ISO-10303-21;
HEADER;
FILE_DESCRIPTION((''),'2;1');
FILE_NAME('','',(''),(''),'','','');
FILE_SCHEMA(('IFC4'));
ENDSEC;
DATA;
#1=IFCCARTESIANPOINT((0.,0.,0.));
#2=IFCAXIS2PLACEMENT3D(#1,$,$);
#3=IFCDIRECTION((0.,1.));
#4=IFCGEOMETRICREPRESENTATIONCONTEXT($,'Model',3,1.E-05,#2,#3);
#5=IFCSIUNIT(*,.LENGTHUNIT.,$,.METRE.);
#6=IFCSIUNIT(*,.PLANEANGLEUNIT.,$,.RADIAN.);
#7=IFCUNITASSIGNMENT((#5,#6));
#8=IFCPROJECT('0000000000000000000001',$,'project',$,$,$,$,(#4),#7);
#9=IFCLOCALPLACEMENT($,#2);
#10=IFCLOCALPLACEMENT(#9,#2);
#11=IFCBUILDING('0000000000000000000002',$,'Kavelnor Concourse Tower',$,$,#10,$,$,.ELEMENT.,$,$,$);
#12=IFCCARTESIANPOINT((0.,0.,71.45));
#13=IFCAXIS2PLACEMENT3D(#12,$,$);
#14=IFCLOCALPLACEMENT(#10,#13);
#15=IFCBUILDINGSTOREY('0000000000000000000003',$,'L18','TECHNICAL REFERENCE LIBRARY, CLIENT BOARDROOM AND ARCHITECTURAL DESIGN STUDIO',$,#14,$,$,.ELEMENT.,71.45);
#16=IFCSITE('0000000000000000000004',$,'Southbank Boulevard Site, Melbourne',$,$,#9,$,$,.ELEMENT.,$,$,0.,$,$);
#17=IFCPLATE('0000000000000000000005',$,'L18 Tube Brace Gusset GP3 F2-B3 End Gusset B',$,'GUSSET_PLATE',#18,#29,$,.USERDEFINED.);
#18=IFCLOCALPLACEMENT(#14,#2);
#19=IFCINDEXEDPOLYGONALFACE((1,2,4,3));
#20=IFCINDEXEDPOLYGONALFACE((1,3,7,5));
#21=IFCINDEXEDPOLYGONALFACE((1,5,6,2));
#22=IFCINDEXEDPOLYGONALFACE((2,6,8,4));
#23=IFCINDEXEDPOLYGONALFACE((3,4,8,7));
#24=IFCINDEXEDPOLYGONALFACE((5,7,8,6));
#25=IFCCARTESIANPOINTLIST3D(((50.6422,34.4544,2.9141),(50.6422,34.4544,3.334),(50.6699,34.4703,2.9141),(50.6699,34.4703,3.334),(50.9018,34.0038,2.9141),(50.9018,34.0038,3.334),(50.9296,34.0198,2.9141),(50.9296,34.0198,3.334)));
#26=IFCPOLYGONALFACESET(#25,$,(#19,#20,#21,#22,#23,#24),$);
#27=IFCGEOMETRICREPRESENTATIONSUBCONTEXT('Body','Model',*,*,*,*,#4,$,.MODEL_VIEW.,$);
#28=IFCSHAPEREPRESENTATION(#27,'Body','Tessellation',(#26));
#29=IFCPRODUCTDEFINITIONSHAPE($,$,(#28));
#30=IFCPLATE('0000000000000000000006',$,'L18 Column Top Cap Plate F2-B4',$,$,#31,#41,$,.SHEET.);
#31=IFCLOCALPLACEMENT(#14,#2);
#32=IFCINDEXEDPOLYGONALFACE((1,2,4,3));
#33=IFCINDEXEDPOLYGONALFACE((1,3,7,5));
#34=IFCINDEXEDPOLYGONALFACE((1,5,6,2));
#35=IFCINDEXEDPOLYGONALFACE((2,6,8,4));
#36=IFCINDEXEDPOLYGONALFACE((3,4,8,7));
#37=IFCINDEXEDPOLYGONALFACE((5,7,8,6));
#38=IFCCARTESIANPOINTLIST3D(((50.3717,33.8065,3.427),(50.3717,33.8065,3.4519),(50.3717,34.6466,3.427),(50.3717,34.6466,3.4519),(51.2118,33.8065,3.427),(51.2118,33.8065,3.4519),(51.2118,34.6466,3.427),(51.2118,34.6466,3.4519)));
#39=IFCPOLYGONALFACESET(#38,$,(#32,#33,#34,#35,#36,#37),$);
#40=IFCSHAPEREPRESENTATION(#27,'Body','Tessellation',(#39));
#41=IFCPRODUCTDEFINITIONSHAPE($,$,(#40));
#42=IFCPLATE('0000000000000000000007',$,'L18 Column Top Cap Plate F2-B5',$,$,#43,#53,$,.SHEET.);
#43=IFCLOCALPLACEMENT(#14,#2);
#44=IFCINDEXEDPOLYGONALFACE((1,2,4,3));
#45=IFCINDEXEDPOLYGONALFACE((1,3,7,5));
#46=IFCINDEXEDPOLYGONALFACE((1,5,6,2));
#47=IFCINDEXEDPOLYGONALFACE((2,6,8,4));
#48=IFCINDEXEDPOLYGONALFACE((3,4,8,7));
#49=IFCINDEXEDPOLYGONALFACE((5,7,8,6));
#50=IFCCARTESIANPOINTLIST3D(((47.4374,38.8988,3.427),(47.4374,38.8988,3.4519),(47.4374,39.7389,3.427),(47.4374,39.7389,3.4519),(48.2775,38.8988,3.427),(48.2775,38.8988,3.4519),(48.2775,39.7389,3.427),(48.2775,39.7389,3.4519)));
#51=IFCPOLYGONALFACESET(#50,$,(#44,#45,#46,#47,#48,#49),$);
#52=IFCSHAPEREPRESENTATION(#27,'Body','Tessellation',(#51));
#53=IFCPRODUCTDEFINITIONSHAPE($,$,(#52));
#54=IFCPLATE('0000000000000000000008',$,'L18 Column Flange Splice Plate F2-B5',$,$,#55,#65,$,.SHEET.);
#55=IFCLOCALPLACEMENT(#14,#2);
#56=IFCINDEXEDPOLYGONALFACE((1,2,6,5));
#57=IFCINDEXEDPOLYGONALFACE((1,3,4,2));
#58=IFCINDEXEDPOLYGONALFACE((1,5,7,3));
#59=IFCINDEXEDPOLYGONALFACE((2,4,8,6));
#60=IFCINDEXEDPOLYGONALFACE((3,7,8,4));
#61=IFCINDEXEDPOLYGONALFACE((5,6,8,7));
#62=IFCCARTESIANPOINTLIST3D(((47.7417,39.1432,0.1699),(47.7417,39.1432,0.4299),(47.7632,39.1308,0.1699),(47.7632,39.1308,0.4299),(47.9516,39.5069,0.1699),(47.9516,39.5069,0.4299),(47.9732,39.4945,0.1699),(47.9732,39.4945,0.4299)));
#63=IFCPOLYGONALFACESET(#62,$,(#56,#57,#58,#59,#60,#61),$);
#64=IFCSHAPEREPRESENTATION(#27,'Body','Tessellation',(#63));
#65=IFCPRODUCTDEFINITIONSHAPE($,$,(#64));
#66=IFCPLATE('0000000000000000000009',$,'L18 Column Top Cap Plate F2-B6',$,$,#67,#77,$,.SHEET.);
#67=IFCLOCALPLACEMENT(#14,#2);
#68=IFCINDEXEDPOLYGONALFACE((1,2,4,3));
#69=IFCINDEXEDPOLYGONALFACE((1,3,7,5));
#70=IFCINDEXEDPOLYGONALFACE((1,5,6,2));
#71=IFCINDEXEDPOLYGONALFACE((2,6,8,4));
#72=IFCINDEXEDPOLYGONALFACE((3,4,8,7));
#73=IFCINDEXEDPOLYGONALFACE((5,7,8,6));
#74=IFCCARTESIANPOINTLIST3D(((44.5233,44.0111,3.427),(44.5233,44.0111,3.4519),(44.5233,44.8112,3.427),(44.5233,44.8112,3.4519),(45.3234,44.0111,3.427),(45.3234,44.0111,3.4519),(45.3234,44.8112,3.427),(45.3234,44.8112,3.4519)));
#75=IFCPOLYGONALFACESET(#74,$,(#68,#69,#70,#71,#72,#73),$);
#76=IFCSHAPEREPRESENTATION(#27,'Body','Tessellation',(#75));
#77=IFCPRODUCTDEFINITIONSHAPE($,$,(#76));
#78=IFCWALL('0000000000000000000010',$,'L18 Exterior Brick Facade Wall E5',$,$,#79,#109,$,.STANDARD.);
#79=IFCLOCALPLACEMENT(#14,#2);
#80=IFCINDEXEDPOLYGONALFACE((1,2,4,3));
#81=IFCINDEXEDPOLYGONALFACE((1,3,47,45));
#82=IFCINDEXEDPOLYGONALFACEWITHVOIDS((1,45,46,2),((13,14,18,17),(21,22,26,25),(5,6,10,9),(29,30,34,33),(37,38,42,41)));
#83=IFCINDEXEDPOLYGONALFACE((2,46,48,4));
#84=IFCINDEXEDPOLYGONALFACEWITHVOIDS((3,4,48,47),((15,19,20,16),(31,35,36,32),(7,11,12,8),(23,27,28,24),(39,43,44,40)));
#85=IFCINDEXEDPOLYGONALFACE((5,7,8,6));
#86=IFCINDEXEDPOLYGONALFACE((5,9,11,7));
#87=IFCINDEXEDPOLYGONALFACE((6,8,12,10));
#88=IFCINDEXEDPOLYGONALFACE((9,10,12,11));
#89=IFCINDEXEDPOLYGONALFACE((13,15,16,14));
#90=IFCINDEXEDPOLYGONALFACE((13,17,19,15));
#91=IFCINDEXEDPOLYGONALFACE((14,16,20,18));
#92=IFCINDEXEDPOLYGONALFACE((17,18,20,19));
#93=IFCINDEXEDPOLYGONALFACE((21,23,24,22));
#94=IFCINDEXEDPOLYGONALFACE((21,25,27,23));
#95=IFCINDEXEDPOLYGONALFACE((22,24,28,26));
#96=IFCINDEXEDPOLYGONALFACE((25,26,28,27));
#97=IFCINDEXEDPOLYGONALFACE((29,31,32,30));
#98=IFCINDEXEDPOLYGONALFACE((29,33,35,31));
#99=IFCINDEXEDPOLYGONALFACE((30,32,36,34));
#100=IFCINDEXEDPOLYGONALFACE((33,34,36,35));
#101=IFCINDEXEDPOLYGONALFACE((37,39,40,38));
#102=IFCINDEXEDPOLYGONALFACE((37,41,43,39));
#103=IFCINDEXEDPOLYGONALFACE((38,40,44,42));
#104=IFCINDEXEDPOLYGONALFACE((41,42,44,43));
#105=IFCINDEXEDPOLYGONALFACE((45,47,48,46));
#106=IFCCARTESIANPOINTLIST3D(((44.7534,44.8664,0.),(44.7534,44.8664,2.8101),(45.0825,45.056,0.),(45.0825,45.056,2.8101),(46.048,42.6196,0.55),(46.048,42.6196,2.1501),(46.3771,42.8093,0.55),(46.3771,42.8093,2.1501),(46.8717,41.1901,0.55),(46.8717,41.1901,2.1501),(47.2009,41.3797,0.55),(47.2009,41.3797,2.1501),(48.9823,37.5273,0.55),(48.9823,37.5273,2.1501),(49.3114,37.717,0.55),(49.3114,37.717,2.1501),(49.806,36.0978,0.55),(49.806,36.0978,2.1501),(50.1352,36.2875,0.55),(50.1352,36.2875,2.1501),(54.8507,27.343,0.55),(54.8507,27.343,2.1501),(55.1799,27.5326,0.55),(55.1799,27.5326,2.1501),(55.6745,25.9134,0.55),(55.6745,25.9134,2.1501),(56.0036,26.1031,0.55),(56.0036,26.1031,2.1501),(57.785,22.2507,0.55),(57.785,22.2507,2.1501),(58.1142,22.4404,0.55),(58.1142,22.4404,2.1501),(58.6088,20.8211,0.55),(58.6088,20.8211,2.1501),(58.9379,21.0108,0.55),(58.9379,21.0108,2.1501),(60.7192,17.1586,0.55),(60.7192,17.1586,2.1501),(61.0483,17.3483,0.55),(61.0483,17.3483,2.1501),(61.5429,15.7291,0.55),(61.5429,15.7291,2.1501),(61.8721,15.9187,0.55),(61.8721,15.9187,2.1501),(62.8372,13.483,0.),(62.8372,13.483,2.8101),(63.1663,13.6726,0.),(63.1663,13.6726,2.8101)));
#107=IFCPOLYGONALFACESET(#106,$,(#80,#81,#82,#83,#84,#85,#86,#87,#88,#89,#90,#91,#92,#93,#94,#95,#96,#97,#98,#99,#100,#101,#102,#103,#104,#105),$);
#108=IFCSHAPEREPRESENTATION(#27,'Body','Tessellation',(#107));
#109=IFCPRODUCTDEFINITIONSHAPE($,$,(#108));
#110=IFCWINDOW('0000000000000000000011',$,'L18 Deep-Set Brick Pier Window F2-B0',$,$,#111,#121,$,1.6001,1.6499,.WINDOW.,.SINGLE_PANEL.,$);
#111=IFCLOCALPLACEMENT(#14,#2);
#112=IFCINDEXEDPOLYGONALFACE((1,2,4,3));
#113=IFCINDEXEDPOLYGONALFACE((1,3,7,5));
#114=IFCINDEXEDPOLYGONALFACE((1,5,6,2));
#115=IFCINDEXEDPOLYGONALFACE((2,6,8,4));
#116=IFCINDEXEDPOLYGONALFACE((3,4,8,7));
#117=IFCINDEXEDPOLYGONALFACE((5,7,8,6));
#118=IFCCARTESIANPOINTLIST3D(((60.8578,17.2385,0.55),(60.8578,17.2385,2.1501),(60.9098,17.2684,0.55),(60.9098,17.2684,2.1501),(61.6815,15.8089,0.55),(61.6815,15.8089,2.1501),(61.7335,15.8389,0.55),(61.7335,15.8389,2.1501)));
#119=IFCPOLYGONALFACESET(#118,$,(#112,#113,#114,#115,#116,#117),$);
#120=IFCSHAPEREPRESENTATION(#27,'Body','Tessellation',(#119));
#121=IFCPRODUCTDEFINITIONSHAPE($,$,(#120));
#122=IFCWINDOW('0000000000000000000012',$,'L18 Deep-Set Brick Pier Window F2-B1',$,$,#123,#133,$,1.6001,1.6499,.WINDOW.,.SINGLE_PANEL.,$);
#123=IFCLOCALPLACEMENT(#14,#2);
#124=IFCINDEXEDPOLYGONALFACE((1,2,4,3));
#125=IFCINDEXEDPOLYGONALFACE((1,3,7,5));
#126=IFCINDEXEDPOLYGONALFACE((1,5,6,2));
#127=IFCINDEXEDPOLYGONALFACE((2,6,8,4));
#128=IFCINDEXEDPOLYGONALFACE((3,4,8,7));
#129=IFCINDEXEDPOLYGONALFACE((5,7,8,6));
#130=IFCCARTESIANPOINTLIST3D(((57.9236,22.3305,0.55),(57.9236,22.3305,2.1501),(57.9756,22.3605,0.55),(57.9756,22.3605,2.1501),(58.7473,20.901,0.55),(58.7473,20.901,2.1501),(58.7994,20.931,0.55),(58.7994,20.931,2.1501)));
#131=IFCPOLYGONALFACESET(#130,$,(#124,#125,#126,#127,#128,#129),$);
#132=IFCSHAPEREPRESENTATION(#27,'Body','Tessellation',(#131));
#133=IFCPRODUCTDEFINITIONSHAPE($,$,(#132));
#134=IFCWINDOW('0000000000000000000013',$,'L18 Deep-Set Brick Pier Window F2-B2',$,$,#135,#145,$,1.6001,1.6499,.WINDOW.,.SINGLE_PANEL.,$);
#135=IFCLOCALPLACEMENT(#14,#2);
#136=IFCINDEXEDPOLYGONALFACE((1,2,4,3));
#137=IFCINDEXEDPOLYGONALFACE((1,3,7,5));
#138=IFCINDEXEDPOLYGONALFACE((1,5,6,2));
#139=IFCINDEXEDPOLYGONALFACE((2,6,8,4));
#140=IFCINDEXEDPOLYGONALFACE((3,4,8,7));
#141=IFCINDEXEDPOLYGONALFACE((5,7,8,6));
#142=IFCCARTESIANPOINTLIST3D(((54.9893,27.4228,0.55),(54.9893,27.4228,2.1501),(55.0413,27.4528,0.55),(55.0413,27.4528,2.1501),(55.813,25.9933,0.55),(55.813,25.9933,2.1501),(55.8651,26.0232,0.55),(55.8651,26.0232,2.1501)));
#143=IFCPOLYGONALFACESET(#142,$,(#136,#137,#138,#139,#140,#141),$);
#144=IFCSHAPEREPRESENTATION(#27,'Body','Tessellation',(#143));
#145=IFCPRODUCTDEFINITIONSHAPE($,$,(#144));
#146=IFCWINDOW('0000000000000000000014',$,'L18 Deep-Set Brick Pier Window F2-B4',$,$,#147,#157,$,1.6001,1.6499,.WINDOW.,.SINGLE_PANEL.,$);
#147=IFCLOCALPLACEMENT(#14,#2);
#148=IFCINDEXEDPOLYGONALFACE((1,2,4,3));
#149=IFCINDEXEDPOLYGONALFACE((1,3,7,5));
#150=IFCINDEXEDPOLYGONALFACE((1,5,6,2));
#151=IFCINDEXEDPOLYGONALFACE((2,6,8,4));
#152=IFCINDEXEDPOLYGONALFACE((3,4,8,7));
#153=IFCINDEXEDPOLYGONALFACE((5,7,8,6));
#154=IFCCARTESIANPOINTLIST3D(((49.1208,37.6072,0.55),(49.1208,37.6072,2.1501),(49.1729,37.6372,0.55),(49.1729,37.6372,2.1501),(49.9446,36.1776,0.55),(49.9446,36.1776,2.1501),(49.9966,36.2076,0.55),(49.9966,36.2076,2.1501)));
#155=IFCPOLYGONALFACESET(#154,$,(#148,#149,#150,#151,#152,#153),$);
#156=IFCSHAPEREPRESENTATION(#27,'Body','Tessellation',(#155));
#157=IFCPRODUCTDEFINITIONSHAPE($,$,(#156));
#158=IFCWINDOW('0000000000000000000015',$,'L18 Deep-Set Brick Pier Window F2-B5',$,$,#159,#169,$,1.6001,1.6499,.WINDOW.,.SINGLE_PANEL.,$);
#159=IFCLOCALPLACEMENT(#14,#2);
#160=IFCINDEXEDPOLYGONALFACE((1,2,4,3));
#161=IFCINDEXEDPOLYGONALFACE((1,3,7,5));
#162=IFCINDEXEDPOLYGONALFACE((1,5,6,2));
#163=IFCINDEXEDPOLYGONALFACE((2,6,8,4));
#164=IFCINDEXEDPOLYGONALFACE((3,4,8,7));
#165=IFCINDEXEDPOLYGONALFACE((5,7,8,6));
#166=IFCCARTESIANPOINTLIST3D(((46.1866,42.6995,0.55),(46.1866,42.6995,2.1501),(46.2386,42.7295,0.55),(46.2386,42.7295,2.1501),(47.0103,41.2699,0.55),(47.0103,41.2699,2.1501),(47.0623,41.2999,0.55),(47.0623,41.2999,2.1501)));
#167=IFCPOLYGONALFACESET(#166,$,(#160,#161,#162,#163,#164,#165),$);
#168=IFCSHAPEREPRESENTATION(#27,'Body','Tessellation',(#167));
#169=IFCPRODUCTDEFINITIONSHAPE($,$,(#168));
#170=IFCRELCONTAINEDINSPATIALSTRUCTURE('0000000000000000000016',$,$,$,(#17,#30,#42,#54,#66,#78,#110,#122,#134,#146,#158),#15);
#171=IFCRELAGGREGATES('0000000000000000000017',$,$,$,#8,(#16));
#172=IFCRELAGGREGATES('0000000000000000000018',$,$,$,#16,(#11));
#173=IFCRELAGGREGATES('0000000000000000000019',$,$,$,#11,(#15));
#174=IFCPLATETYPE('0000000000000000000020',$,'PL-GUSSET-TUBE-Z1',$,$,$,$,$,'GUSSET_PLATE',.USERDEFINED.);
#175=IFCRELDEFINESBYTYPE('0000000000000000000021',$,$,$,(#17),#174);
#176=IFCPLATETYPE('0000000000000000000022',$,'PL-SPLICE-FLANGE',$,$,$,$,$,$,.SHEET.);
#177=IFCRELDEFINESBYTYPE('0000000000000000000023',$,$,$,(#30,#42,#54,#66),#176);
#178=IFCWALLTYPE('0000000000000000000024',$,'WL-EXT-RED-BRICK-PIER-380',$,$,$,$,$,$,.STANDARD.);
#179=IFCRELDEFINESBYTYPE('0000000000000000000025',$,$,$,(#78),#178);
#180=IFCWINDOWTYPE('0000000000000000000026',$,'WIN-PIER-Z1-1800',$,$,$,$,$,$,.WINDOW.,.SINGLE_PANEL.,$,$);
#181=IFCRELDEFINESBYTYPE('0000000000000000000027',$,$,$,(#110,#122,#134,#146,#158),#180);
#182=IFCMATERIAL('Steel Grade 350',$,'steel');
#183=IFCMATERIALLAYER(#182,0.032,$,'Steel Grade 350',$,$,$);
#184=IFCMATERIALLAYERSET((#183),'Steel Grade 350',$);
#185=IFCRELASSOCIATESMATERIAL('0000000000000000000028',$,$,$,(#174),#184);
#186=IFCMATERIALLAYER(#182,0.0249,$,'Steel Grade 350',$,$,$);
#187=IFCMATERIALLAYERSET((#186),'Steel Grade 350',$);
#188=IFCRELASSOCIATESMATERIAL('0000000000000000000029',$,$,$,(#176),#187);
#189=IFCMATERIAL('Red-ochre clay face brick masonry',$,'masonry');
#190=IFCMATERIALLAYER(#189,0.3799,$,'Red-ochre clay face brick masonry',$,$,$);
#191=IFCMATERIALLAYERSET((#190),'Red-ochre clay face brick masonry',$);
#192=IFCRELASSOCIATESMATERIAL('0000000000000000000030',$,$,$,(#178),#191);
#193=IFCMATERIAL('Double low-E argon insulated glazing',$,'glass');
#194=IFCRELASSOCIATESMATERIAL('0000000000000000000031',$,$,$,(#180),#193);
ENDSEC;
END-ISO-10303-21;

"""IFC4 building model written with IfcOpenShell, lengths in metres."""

from ifc_helpers import new_model, si_unit, direction, frame, frame_2d, origin, origin_2d, place, context, subcontext, project, spatial, rectangle, extrude, material, layer, layer_set, type_object, element, fill, save


model = new_model("IFC4")

# Units and contexts
model_context = context("Model", 3, precision=1e-05, world=origin(), true_north=direction((0.0, 1.0)))
body_context = subcontext(model_context, "Body", "Model", "MODEL_VIEW")
ifc_project = project(units=[si_unit("LENGTHUNIT", "METRE"), si_unit("PLANEANGLEUNIT", "RADIAN")], contexts=[model_context])

# Site, building, storey
site_placement = place(None, origin())
site = spatial("IfcSite", under=ifc_project, at=site_placement, Name="Southbank Boulevard Site, Melbourne", CompositionType="ELEMENT", RefElevation=0.0)
building_placement = place(site_placement, origin())
building = spatial("IfcBuilding", under=site, at=building_placement, Name="Kavelnor Concourse Tower", CompositionType="ELEMENT")
storey_placement = place(building_placement, frame((0.0, 0.0, 71.45)))
storey = spatial("IfcBuildingStorey", under=building, at=storey_placement, Name="L18", Description="TECHNICAL REFERENCE LIBRARY, CLIENT BOARDROOM AND ARCHITECTURAL DESIGN STUDIO", CompositionType="ELEMENT", Elevation=71.45)

# Shared definitions
ifc_material_1 = material(Name="Steel Grade 350", Category="steel")

# Plates
ifc_layer_1 = layer(ifc_material_1, 0.032, Name="Steel Grade 350")
ifc_layer_set_1 = layer_set([ifc_layer_1], Name="Steel Grade 350")
plate_type_1 = type_object("IfcPlateType", Name="PL-GUSSET-TUBE-Z1", ElementType="GUSSET_PLATE", PredefinedType="USERDEFINED", material=ifc_layer_set_1)
plate_1_placement = place(storey_placement, frame((50.7859, 34.2371, 2.9141), z_axis=(0.0, 0.0, 1.0), x_axis=(-0.499244, 0.866461, 0.0)))
element("IfcPlate", 1, at=plate_1_placement, inside=storey, type_object=plate_type_1, Name="L18 Tube Brace Gusset GP3 F2-B3 End Gusset B", ObjectType="GUSSET_PLATE", PredefinedType="USERDEFINED", context=body_context, shape_type="SweptSolid", body=[
    extrude(rectangle(XDim=0.52, YDim=0.032, at=origin_2d()), origin(), (0.0, 0.0, 1.0), 0.4199),
])
ifc_layer_2 = layer(ifc_material_1, 0.0249, Name="Steel Grade 350")
ifc_layer_set_2 = layer_set([ifc_layer_2], Name="Steel Grade 350")
plate_type_2 = type_object("IfcPlateType", Name="PL-SPLICE-FLANGE", PredefinedType="SHEET", material=ifc_layer_set_2)
for number, where, z_axis, x_axis, name in (
    (2, (50.7917, 34.2266, 3.427), (0.0, 0.0, 1.0), (1.0, 0.0, 0.0), "L18 Column Top Cap Plate F2-B4"),
    (3, (47.8574, 39.3188, 3.427), (0.0, 0.0, 1.0), (1.0, 0.0, 0.0), "L18 Column Top Cap Plate F2-B5"),
):
    element("IfcPlate", number, at=place(storey_placement, frame(where, z_axis=z_axis, x_axis=x_axis)), inside=storey, type_object=plate_type_2, Name=name, PredefinedType="SHEET", context=body_context, shape_type="SweptSolid", body=[
        extrude(rectangle(XDim=0.8401, YDim=0.8401, at=origin_2d()), origin(), (0.0, 0.0, 1.0), 0.0249),
    ])
plate_2_placement = place(storey_placement, frame((47.8574, 39.3188, 0.1699), z_axis=(0.0, 0.0, 1.0), x_axis=(-0.5, -0.866025, 0.0)))
element("IfcPlate", 4, at=plate_2_placement, inside=storey, type_object=plate_type_2, Name="L18 Column Flange Splice Plate F2-B5", PredefinedType="SHEET", context=body_context, shape_type="SweptSolid", body=[
    extrude(rectangle(XDim=0.4199, YDim=0.0249, at=origin_2d()), origin(), (0.0, 0.0, 1.0), 0.26),
])
plate_3_placement = place(storey_placement, frame((44.9233, 44.4111, 3.427), z_axis=(0.0, 0.0, 1.0), x_axis=(1.0, 0.0, 0.0)))
element("IfcPlate", 5, at=plate_3_placement, inside=storey, type_object=plate_type_2, Name="L18 Column Top Cap Plate F2-B6", PredefinedType="SHEET", context=body_context, shape_type="SweptSolid", body=[
    extrude(rectangle(XDim=0.8, YDim=0.8, at=origin_2d()), origin(), (0.0, 0.0, 1.0), 0.0249),
])

# Wall, openings, windows
ifc_material_2 = material(Name="Red-ochre clay face brick masonry", Category="masonry")
ifc_layer_3 = layer(ifc_material_2, 0.3799, Name="Red-ochre clay face brick masonry")
ifc_layer_set_3 = layer_set([ifc_layer_3], Name="Red-ochre clay face brick masonry")
wall_type_1 = type_object("IfcWallType", Name="WL-EXT-RED-BRICK-PIER-380", PredefinedType="STANDARD", material=ifc_layer_set_3)
wall_1_placement = place(storey_placement, frame((44.918, 44.9612, 0.0), z_axis=(0.0, 0.0, 1.0), x_axis=(0.499266, -0.866448, 0.0)))
wall_1 = element("IfcWall", 6, at=wall_1_placement, inside=storey, type_object=wall_type_1, Name="L18 Exterior Brick Facade Wall E5", PredefinedType="STANDARD", context=body_context, shape_type="SweptSolid", body=[
    extrude(rectangle(XDim=36.2207, YDim=0.3799, at=frame_2d((18.1104, 0.0))), origin(), (0.0, 0.0, 1.0), 2.8101),
])
opening_1_placement = place(wall_1_placement, frame((31.9785, 0.0, 0.55)))
opening_1 = element("IfcOpeningElement", 7, at=opening_1_placement, cuts=wall_1, PredefinedType="OPENING", context=body_context, shape_type="SweptSolid", body=[
    extrude(rectangle(XDim=1.6499, YDim=1.6001, at=frame_2d((0.825, 0.8))), frame((0.0, 0.2, 0.0), z_axis=(0.0, -1.0, 0.0), x_axis=(1.0, 0.0, 0.0)), (0.0, 0.0, 1.0), 0.3999),
])
opening_2_placement = place(wall_1_placement, frame((26.1016, 0.0, 0.55)))
opening_2 = element("IfcOpeningElement", 8, at=opening_2_placement, cuts=wall_1, PredefinedType="OPENING", context=body_context, shape_type="SweptSolid", body=[
    extrude(rectangle(XDim=1.6499, YDim=1.6001, at=frame_2d((0.825, 0.8))), frame((0.0, 0.2, 0.0), z_axis=(0.0, -1.0, 0.0), x_axis=(1.0, 0.0, 0.0)), (0.0, 0.0, 1.0), 0.3999),
])
opening_3_placement = place(wall_1_placement, frame((20.2244, 0.0, 0.55)))
opening_3 = element("IfcOpeningElement", 9, at=opening_3_placement, cuts=wall_1, PredefinedType="OPENING", context=body_context, shape_type="SweptSolid", body=[
    extrude(rectangle(XDim=1.6499, YDim=1.6001, at=frame_2d((0.825, 0.8))), frame((0.0, 0.2, 0.0), z_axis=(0.0, -1.0, 0.0), x_axis=(1.0, 0.0, 0.0)), (0.0, 0.0, 1.0), 0.3999),
])
opening_4_placement = place(wall_1_placement, frame((8.4702, 0.0, 0.55)))
opening_4 = element("IfcOpeningElement", 10, at=opening_4_placement, cuts=wall_1, PredefinedType="OPENING", context=body_context, shape_type="SweptSolid", body=[
    extrude(rectangle(XDim=1.6499, YDim=1.6001, at=frame_2d((0.825, 0.8))), frame((0.0, 0.2, 0.0), z_axis=(0.0, -1.0, 0.0), x_axis=(1.0, 0.0, 0.0)), (0.0, 0.0, 1.0), 0.3999),
])
opening_5_placement = place(wall_1_placement, frame((2.593, 0.0, 0.55)))
opening_5 = element("IfcOpeningElement", 11, at=opening_5_placement, cuts=wall_1, PredefinedType="OPENING", context=body_context, shape_type="SweptSolid", body=[
    extrude(rectangle(XDim=1.6499, YDim=1.6001, at=frame_2d((0.825, 0.8))), frame((0.0, 0.2, 0.0), z_axis=(0.0, -1.0, 0.0), x_axis=(1.0, 0.0, 0.0)), (0.0, 0.0, 1.0), 0.3999),
])
ifc_material_3 = material(Name="Double low-E argon insulated glazing", Category="glass")
window_type = type_object("IfcWindowType", Name="WIN-PIER-Z1-1800", PartitioningType="SINGLE_PANEL", PredefinedType="WINDOW", material=ifc_material_3)
window_1_placement = place(opening_1_placement, origin())
window_1 = element("IfcWindow", 12, at=window_1_placement, inside=storey, type_object=window_type, Name="L18 Deep-Set Brick Pier Window F2-B0", OverallHeight=1.6001, OverallWidth=1.6499, PartitioningType="SINGLE_PANEL", PredefinedType="WINDOW", context=body_context, shape_type="SweptSolid", body=[
    extrude(rectangle(XDim=1.6499, YDim=1.6001, at=frame_2d((0.825, 0.8))), frame((0.0, 0.03, 0.0), z_axis=(0.0, -1.0, 0.0), x_axis=(1.0, 0.0, 0.0)), (0.0, 0.0, 1.0), 0.0601),
])
fill(opening_1, window_1)
window_2_placement = place(opening_2_placement, origin())
window_2 = element("IfcWindow", 13, at=window_2_placement, inside=storey, type_object=window_type, Name="L18 Deep-Set Brick Pier Window F2-B1", OverallHeight=1.6001, OverallWidth=1.6499, PartitioningType="SINGLE_PANEL", PredefinedType="WINDOW", context=body_context, shape_type="SweptSolid", body=[
    extrude(rectangle(XDim=1.6499, YDim=1.6001, at=frame_2d((0.825, 0.8))), frame((0.0, 0.03, 0.0), z_axis=(0.0, -1.0, 0.0), x_axis=(1.0, 0.0, 0.0)), (0.0, 0.0, 1.0), 0.0601),
])
fill(opening_2, window_2)
window_3_placement = place(opening_3_placement, origin())
window_3 = element("IfcWindow", 14, at=window_3_placement, inside=storey, type_object=window_type, Name="L18 Deep-Set Brick Pier Window F2-B2", OverallHeight=1.6001, OverallWidth=1.6499, PartitioningType="SINGLE_PANEL", PredefinedType="WINDOW", context=body_context, shape_type="SweptSolid", body=[
    extrude(rectangle(XDim=1.6499, YDim=1.6001, at=frame_2d((0.825, 0.8))), frame((0.0, 0.03, 0.0), z_axis=(0.0, -1.0, 0.0), x_axis=(1.0, 0.0, 0.0)), (0.0, 0.0, 1.0), 0.0601),
])
fill(opening_3, window_3)
window_4_placement = place(opening_4_placement, origin())
window_4 = element("IfcWindow", 15, at=window_4_placement, inside=storey, type_object=window_type, Name="L18 Deep-Set Brick Pier Window F2-B4", OverallHeight=1.6001, OverallWidth=1.6499, PartitioningType="SINGLE_PANEL", PredefinedType="WINDOW", context=body_context, shape_type="SweptSolid", body=[
    extrude(rectangle(XDim=1.6499, YDim=1.6001, at=frame_2d((0.825, 0.8))), frame((0.0, 0.03, 0.0), z_axis=(0.0, -1.0, 0.0), x_axis=(1.0, 0.0, 0.0)), (0.0, 0.0, 1.0), 0.0601),
])
fill(opening_4, window_4)
window_5_placement = place(opening_5_placement, origin())
window_5 = element("IfcWindow", 16, at=window_5_placement, inside=storey, type_object=window_type, Name="L18 Deep-Set Brick Pier Window F2-B5", OverallHeight=1.6001, OverallWidth=1.6499, PartitioningType="SINGLE_PANEL", PredefinedType="WINDOW", context=body_context, shape_type="SweptSolid", body=[
    extrude(rectangle(XDim=1.6499, YDim=1.6001, at=frame_2d((0.825, 0.8))), frame((0.0, 0.03, 0.0), z_axis=(0.0, -1.0, 0.0), x_axis=(1.0, 0.0, 0.0)), (0.0, 0.0, 1.0), 0.0601),
])
fill(opening_5, window_5)

save(model, "model.ifc")
